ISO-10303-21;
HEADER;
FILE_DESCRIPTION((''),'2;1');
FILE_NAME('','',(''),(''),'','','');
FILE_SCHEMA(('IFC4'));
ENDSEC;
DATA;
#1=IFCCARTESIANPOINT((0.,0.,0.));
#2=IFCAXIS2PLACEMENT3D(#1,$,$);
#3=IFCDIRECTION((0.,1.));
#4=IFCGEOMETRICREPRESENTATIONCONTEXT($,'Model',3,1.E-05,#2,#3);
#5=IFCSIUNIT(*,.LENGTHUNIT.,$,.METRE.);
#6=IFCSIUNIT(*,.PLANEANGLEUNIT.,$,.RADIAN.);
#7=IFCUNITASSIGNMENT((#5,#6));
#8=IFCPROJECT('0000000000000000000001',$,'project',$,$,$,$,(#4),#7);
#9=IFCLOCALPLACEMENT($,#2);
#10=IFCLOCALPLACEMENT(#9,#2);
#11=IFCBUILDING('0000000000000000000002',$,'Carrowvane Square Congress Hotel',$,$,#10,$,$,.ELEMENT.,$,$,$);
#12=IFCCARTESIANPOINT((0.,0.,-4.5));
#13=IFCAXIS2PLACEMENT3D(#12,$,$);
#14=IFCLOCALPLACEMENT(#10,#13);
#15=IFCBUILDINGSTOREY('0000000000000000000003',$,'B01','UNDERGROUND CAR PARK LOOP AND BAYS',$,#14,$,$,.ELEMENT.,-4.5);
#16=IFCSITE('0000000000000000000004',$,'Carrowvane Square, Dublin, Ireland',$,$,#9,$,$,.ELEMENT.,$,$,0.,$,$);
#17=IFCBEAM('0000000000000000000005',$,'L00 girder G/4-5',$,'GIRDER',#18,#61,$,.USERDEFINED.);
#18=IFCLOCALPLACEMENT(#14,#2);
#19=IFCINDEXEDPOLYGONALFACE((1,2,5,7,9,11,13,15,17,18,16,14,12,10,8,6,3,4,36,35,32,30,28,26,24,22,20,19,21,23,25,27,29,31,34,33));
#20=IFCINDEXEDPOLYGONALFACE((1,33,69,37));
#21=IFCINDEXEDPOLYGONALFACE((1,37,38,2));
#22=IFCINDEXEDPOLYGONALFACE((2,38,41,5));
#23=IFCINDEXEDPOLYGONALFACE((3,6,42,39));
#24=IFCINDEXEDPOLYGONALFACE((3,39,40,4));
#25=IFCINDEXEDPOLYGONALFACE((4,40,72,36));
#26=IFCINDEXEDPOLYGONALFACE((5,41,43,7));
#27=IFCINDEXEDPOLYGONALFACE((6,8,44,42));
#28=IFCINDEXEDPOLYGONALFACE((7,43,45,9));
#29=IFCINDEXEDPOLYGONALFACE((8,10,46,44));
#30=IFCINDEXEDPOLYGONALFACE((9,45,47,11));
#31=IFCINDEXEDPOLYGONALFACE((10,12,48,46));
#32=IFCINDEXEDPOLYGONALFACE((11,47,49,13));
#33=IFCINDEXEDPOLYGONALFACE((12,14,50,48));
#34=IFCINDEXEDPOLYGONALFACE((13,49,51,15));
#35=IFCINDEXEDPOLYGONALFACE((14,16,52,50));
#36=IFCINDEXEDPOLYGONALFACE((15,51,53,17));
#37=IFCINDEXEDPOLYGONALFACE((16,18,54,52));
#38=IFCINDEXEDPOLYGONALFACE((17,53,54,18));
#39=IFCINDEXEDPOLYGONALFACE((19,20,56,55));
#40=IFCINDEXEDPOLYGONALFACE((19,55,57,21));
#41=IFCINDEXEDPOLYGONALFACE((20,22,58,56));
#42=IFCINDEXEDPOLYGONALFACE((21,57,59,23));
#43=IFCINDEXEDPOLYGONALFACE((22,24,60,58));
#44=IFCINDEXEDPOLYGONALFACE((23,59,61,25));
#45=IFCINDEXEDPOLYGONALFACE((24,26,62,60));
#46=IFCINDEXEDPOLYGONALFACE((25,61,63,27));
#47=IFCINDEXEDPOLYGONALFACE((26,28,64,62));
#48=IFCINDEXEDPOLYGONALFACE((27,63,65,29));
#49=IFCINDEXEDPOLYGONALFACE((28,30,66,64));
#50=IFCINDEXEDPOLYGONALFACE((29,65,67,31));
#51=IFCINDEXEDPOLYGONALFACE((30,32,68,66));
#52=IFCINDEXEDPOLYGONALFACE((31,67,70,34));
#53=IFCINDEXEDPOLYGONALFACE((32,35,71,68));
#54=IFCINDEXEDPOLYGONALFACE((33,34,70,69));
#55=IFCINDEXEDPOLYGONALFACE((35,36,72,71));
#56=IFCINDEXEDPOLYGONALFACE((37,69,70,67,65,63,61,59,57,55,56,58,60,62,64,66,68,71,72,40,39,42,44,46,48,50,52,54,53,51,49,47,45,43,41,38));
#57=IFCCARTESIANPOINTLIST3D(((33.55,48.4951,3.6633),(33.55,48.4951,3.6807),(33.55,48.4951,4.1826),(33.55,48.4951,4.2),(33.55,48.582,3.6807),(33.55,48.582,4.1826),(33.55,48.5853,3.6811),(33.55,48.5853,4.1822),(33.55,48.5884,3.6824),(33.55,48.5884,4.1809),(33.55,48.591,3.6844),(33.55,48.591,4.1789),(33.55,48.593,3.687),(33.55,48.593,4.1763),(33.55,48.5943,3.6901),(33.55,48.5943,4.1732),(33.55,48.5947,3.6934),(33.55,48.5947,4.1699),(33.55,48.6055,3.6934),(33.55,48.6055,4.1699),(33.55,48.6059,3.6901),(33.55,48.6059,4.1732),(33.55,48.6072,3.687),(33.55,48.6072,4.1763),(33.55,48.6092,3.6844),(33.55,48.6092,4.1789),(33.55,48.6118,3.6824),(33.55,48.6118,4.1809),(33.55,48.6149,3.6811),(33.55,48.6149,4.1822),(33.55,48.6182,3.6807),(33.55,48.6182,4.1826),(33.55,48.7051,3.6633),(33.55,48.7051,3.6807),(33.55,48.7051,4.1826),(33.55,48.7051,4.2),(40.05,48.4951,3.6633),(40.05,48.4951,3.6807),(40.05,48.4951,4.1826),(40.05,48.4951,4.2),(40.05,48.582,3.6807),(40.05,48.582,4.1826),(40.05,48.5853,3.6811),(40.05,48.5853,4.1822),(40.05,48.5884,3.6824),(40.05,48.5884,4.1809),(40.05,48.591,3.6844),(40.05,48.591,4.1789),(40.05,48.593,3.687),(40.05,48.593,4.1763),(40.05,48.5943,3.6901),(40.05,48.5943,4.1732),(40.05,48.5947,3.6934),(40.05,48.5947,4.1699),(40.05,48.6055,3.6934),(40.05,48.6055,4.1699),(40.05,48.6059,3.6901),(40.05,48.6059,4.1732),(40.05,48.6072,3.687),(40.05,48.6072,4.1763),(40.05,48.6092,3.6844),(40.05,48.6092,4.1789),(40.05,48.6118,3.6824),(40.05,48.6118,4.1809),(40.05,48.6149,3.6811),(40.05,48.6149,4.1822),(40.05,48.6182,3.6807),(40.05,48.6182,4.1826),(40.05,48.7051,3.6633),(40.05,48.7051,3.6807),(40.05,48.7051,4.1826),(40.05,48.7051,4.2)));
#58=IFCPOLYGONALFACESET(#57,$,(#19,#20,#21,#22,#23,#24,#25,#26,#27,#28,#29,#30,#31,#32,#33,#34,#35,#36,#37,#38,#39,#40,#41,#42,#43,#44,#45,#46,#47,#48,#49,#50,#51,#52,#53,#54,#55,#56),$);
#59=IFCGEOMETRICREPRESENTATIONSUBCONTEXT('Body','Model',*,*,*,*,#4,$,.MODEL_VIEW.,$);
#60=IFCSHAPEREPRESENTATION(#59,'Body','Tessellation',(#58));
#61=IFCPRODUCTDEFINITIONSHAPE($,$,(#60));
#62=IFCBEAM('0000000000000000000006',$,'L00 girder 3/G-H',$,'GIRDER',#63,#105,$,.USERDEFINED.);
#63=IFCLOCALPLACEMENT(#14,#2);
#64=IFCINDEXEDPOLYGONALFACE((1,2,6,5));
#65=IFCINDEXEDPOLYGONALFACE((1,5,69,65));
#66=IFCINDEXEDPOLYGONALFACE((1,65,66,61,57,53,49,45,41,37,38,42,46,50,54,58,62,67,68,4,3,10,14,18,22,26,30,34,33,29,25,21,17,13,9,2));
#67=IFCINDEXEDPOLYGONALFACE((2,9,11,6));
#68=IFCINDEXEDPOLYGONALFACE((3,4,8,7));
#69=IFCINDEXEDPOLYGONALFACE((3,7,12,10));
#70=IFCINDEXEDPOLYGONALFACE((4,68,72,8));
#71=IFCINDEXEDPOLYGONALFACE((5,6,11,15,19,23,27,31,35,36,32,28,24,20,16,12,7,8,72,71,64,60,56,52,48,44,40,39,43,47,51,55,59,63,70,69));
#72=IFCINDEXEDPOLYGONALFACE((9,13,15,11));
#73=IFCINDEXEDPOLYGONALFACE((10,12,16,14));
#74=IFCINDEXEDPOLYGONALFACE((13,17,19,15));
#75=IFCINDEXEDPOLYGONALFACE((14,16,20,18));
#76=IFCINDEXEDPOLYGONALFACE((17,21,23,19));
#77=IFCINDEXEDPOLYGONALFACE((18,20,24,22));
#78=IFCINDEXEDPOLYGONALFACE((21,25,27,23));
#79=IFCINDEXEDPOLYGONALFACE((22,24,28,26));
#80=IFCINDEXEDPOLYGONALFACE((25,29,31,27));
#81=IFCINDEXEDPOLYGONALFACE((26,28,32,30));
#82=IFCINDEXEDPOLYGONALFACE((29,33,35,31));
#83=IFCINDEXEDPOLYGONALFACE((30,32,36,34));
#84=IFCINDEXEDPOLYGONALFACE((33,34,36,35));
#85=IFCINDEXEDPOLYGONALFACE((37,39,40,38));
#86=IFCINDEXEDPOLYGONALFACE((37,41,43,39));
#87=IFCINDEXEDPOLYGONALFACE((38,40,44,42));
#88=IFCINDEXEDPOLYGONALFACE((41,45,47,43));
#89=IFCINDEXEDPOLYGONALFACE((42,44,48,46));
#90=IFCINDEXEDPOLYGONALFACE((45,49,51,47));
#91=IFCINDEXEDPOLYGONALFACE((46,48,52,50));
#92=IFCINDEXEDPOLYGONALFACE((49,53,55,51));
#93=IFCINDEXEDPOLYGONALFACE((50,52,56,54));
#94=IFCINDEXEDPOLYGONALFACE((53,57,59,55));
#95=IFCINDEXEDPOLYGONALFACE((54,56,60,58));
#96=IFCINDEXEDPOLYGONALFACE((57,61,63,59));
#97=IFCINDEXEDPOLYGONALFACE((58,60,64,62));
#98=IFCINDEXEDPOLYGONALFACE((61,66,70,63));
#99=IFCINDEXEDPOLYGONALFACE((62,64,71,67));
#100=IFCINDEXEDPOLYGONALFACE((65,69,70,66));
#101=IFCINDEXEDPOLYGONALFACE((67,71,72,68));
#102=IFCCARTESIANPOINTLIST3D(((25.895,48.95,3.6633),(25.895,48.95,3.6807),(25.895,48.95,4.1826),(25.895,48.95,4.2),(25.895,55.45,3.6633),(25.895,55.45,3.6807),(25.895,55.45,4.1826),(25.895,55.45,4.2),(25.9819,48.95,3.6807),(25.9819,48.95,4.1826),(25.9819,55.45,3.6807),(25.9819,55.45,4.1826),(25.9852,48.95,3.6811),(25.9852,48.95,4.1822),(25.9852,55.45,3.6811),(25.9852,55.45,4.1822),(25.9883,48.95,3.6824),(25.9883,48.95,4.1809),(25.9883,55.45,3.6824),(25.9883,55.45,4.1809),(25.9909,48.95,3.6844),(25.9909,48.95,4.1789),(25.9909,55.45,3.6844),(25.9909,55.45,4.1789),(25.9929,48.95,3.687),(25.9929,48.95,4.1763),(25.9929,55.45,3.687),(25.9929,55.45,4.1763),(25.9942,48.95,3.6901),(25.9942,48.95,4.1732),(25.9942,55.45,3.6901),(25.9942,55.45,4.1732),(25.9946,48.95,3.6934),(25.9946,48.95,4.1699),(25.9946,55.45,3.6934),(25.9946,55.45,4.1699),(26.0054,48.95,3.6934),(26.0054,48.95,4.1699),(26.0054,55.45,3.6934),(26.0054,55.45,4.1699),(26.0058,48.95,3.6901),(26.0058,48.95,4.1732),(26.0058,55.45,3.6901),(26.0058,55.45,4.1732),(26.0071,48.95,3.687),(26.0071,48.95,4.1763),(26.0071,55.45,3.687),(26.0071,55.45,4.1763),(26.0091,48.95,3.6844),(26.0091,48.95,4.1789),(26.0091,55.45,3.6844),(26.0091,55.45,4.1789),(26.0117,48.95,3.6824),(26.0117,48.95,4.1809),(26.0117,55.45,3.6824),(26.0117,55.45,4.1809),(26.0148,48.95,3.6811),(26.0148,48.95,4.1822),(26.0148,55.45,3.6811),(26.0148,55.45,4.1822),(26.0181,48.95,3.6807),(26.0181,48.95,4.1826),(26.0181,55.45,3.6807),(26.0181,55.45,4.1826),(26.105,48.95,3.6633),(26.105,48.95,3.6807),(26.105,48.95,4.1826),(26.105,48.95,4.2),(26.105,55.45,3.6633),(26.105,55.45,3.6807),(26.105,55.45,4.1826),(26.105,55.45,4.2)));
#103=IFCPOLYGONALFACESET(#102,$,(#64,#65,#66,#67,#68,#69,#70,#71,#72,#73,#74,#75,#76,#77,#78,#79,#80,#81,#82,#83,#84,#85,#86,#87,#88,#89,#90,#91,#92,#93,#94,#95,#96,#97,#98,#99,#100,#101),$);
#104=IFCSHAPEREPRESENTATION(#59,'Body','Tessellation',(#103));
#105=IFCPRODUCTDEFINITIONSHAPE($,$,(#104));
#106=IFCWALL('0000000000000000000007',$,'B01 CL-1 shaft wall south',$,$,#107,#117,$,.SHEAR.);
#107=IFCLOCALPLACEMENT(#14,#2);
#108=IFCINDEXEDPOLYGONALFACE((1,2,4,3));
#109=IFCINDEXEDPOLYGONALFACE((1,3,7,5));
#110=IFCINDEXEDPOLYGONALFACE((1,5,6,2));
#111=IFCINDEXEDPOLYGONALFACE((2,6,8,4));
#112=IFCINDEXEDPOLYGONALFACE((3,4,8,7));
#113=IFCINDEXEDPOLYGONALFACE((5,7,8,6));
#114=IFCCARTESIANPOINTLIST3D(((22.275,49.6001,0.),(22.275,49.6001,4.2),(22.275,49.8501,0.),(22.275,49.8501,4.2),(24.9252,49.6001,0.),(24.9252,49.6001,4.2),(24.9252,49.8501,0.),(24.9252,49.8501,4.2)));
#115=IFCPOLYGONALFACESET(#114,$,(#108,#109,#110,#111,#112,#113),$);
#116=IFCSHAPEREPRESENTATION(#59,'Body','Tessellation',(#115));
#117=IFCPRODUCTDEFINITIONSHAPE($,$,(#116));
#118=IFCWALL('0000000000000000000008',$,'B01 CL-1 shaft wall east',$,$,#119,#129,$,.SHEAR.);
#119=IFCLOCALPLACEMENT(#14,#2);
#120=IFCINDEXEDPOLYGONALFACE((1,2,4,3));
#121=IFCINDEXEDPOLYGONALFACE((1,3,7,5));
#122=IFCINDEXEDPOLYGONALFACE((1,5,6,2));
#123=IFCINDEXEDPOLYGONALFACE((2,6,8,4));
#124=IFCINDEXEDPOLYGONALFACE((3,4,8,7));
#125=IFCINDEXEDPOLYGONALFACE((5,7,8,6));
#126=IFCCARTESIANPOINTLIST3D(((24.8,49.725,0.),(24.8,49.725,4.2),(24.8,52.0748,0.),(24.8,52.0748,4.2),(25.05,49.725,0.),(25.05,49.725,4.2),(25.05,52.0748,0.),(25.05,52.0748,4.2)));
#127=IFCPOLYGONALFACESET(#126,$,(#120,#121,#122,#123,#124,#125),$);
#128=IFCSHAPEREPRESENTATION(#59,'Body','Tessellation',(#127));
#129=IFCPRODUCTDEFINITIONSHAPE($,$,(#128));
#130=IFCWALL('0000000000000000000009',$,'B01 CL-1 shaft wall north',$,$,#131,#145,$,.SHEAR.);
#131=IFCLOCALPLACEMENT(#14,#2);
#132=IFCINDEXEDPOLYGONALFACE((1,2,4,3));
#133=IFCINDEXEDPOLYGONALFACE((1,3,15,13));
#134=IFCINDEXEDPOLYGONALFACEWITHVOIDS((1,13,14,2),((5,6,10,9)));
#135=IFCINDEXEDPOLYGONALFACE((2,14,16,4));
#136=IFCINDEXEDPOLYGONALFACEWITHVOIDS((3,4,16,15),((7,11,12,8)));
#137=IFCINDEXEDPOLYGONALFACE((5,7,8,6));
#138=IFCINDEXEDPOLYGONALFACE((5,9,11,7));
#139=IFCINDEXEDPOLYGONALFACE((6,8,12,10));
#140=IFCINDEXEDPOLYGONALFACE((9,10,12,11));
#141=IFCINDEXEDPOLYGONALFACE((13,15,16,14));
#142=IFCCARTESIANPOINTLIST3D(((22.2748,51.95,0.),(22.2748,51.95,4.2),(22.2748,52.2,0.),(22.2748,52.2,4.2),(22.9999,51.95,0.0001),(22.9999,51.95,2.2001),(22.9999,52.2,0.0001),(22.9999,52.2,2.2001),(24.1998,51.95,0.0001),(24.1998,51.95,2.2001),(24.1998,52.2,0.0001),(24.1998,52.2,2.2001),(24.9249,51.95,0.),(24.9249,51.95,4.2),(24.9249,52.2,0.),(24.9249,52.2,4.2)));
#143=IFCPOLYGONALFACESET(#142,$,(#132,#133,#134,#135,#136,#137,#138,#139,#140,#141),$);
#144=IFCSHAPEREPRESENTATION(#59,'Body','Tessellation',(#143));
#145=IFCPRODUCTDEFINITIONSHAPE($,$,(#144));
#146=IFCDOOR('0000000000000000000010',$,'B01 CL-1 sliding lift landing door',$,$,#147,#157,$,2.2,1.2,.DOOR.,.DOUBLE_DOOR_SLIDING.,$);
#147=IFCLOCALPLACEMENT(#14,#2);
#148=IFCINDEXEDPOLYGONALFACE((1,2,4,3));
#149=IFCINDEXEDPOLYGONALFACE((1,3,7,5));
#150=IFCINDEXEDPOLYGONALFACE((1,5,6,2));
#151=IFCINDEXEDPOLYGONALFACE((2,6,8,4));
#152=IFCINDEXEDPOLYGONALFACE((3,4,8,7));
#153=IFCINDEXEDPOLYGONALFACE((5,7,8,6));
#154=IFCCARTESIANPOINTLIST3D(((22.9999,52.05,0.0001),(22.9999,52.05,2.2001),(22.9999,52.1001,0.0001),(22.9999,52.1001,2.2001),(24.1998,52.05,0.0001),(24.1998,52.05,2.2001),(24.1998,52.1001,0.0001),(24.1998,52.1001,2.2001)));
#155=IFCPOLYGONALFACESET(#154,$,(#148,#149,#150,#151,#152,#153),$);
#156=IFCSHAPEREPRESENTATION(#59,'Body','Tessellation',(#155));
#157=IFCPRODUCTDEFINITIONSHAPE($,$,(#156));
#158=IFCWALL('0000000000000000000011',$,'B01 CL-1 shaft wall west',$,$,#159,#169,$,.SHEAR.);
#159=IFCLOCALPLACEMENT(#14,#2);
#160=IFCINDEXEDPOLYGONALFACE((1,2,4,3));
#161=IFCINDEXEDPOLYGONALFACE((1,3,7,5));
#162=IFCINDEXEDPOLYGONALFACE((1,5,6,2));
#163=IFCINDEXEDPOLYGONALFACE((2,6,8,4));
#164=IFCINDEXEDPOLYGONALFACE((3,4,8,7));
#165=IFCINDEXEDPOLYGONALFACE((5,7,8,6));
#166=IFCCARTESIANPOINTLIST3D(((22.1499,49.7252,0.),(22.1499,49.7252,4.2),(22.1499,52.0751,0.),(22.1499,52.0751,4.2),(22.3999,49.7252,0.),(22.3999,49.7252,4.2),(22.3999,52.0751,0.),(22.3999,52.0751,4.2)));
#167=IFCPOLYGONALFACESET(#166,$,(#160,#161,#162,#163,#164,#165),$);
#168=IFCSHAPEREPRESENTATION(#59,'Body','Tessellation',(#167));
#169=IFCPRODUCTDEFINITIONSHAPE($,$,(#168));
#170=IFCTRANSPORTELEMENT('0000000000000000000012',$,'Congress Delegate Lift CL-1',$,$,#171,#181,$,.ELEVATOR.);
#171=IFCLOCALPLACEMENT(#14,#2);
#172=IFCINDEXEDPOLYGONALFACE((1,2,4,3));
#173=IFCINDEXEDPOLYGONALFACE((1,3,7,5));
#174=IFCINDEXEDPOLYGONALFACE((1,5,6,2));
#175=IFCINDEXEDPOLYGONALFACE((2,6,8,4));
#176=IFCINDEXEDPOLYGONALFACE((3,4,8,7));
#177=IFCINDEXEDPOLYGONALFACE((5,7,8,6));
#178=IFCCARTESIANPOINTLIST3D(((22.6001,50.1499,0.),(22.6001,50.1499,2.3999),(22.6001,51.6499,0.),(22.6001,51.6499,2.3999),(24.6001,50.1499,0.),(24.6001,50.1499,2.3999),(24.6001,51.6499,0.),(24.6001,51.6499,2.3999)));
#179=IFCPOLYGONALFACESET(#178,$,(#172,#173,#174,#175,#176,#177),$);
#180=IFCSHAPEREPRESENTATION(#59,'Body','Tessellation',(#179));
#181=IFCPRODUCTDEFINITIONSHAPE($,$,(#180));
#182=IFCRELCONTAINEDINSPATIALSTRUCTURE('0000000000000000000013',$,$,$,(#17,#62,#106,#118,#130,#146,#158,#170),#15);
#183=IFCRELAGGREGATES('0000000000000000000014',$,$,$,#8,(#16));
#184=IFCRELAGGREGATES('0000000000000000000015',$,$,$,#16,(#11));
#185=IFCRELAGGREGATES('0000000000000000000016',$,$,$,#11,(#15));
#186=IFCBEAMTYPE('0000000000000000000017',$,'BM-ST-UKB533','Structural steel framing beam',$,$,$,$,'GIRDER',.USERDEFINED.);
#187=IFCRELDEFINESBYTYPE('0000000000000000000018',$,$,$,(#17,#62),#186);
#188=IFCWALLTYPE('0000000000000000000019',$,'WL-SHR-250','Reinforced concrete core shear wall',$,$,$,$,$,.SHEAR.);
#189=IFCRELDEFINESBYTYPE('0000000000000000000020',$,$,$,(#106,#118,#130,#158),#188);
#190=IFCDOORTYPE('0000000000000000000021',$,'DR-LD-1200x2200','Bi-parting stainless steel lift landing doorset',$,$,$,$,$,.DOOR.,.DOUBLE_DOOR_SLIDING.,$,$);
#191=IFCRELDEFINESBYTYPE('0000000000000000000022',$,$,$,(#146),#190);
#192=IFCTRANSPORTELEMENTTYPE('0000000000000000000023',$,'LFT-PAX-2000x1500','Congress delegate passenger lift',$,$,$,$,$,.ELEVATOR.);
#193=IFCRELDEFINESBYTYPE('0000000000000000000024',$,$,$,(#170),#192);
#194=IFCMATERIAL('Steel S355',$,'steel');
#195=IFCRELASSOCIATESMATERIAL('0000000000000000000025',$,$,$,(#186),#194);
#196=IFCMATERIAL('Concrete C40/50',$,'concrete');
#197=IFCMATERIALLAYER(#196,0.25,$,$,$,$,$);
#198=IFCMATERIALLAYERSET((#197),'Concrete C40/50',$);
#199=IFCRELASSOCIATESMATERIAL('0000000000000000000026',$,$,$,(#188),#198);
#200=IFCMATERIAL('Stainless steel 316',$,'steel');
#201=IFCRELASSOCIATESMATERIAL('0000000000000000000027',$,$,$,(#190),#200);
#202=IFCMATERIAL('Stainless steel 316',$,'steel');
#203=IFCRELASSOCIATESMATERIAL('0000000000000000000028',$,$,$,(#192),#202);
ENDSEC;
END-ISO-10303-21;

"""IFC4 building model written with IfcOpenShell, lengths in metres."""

from ifc_helpers import new_model, si_unit, direction, frame, frame_2d, origin, origin_2d, place, context, subcontext, project, spatial, rectangle, i_section, extrude, material, layer, layer_set, material_profile, profile_set, type_object, element, fill, save


model = new_model("IFC4")

# Units and contexts
model_context = context("Model", 3, precision=1e-05, world=origin(), true_north=direction((0.0, 1.0)))
body_context = subcontext(model_context, "Body", "Model", "MODEL_VIEW")
ifc_project = project(units=[si_unit("LENGTHUNIT", "METRE"), si_unit("PLANEANGLEUNIT", "RADIAN")], contexts=[model_context])

# Site, building, storey
site_placement = place(None, origin())
site = spatial("IfcSite", under=ifc_project, at=site_placement, Name="Carrowvane Square, Dublin, Ireland", CompositionType="ELEMENT", RefElevation=0.0)
building_placement = place(site_placement, origin())
building = spatial("IfcBuilding", under=site, at=building_placement, Name="Carrowvane Square Congress Hotel", CompositionType="ELEMENT")
storey_placement = place(building_placement, frame((0.0, 0.0, -4.5)))
storey = spatial("IfcBuildingStorey", under=building, at=storey_placement, Name="B01", Description="UNDERGROUND CAR PARK LOOP AND BAYS", CompositionType="ELEMENT", Elevation=-4.5)

# Beams
ifc_material_1 = material(Name="Steel S355", Category="steel")
ifc_material_profile_1 = material_profile(ifc_material_1, i_section(OverallWidth=0.21, OverallDepth=0.5366, WebThickness=0.0107, FlangeThickness=0.0173, FilletRadius=0.0127, at=origin_2d()), Name="UKB 533x210x101")
ifc_profile_set_1 = profile_set([ifc_material_profile_1], Name="Steel S355")
beam_type = type_object("IfcBeamType", Name="BM-ST-UKB533", Description="Structural steel framing beam", ElementType="GIRDER", PredefinedType="USERDEFINED", material=ifc_profile_set_1)
for number, where, z_axis, x_axis, name in (
    (1, (33.55, 48.6001, 3.9316), (1.0, 0.0, 0.0), (0.0, 1.0, 0.0), "L00 girder G/4-5"),
    (2, (26.0, 48.95, 3.9316), (0.0, 1.0, 0.0), (-1.0, 0.0, 0.0), "L00 girder 3/G-H"),
):
    element("IfcBeam", number, at=place(storey_placement, frame(where, z_axis=z_axis, x_axis=x_axis)), inside=storey, type_object=beam_type, Name=name, ObjectType="GIRDER", PredefinedType="USERDEFINED", context=body_context, shape_type="SweptSolid", body=[
        extrude(i_section(OverallWidth=0.21, OverallDepth=0.5366, WebThickness=0.0107, FlangeThickness=0.0173, FilletRadius=0.0127, at=origin_2d()), origin(), (0.0, 0.0, 1.0), 6.5),
    ])

# Walls
ifc_material_2 = material(Name="Concrete C40/50", Category="concrete")
ifc_layer = layer(ifc_material_2, 0.25)
ifc_layer_set = layer_set([ifc_layer], Name="Concrete C40/50")
wall_type = type_object("IfcWallType", Name="WL-SHR-250", Description="Reinforced concrete core shear wall", PredefinedType="SHEAR", material=ifc_layer_set)
wall_1_placement = place(storey_placement, frame((22.2749, 49.7251, 0.0), z_axis=(0.0, 0.0, 1.0), x_axis=(1.0, 0.0, 0.0)))
element("IfcWall", 3, at=wall_1_placement, inside=storey, type_object=wall_type, Name="B01 CL-1 shaft wall south", PredefinedType="SHEAR", context=body_context, shape_type="SweptSolid", body=[
    extrude(rectangle(XDim=2.6501, YDim=0.25, at=frame_2d((1.3252, 0.0))), origin(), (0.0, 0.0, 1.0), 4.2),
])
wall_2_placement = place(storey_placement, frame((24.925, 49.7251, 0.0), z_axis=(0.0, 0.0, 1.0), x_axis=(0.0, 1.0, 0.0)))
element("IfcWall", 4, at=wall_2_placement, inside=storey, type_object=wall_type, Name="B01 CL-1 shaft wall east", PredefinedType="SHEAR", context=body_context, shape_type="SweptSolid", body=[
    extrude(rectangle(XDim=2.3499, YDim=0.25, at=frame_2d((1.1748, 0.0))), origin(), (0.0, 0.0, 1.0), 4.2),
])

# Wall, opening, door
wall_3_placement = place(storey_placement, frame((24.925, 52.075, 0.0), z_axis=(0.0, 0.0, 1.0), x_axis=(-1.0, 0.0, 0.0)))
wall_3 = element("IfcWall", 5, at=wall_3_placement, inside=storey, type_object=wall_type, Name="B01 CL-1 shaft wall north", PredefinedType="SHEAR", context=body_context, shape_type="SweptSolid", body=[
    extrude(rectangle(XDim=2.6501, YDim=0.25, at=frame_2d((1.3252, 0.0))), origin(), (0.0, 0.0, 1.0), 4.2),
])
opening_placement = place(wall_3_placement, frame((0.7251, 0.0, 0.0)))
opening = element("IfcOpeningElement", 6, at=opening_placement, cuts=wall_3, PredefinedType="OPENING", context=body_context, shape_type="SweptSolid", body=[
    extrude(rectangle(XDim=1.2, YDim=2.2, at=frame_2d((0.6001, 1.1001))), frame((0.0, 0.135, 0.0), z_axis=(0.0, -1.0, 0.0), x_axis=(1.0, 0.0, 0.0)), (0.0, 0.0, 1.0), 0.27),
])
ifc_material_3 = material(Name="Stainless steel 316", Category="steel")
door_type = type_object("IfcDoorType", Name="DR-LD-1200x2200", Description="Bi-parting stainless steel lift landing doorset", OperationType="DOUBLE_DOOR_SLIDING", PredefinedType="DOOR", material=ifc_material_3)
door_placement = place(opening_placement, origin())
door = element("IfcDoor", 7, at=door_placement, inside=storey, type_object=door_type, Name="B01 CL-1 sliding lift landing door", OperationType="DOUBLE_DOOR_SLIDING", OverallHeight=2.2, OverallWidth=1.2, PredefinedType="DOOR", context=body_context, shape_type="SweptSolid", body=[
    extrude(rectangle(XDim=1.2, YDim=2.2, at=frame_2d((0.6001, 1.1001))), frame((0.0, 0.0249, 0.0), z_axis=(0.0, -1.0, 0.0), x_axis=(1.0, 0.0, 0.0)), (0.0, 0.0, 1.0), 0.05),
])
fill(opening, door)

# Wall
wall_4_placement = place(storey_placement, frame((22.2749, 52.075, 0.0), z_axis=(0.0, 0.0, 1.0), x_axis=(0.0, -1.0, 0.0)))
element("IfcWall", 8, at=wall_4_placement, inside=storey, type_object=wall_type, Name="B01 CL-1 shaft wall west", PredefinedType="SHEAR", context=body_context, shape_type="SweptSolid", body=[
    extrude(rectangle(XDim=2.3499, YDim=0.25, at=frame_2d((1.1748, 0.0))), origin(), (0.0, 0.0, 1.0), 4.2),
])

# Transport element
ifc_material_4 = material(Name="Stainless steel 316", Category="steel")
transport_element_type = type_object("IfcTransportElementType", Name="LFT-PAX-2000x1500", Description="Congress delegate passenger lift", PredefinedType="ELEVATOR", material=ifc_material_4)
transport_element_placement = place(storey_placement, frame((23.6001, 50.8999, 0.0), z_axis=(0.0, 0.0, 1.0), x_axis=(1.0, 0.0, 0.0)))
element("IfcTransportElement", 9, at=transport_element_placement, inside=storey, type_object=transport_element_type, Name="Congress Delegate Lift CL-1", PredefinedType="ELEVATOR", context=body_context, shape_type="SweptSolid", body=[
    extrude(rectangle(XDim=2.0, YDim=1.5, at=origin_2d()), origin(), (0.0, 0.0, 1.0), 2.3999),
])

save(model, "model.ifc")
